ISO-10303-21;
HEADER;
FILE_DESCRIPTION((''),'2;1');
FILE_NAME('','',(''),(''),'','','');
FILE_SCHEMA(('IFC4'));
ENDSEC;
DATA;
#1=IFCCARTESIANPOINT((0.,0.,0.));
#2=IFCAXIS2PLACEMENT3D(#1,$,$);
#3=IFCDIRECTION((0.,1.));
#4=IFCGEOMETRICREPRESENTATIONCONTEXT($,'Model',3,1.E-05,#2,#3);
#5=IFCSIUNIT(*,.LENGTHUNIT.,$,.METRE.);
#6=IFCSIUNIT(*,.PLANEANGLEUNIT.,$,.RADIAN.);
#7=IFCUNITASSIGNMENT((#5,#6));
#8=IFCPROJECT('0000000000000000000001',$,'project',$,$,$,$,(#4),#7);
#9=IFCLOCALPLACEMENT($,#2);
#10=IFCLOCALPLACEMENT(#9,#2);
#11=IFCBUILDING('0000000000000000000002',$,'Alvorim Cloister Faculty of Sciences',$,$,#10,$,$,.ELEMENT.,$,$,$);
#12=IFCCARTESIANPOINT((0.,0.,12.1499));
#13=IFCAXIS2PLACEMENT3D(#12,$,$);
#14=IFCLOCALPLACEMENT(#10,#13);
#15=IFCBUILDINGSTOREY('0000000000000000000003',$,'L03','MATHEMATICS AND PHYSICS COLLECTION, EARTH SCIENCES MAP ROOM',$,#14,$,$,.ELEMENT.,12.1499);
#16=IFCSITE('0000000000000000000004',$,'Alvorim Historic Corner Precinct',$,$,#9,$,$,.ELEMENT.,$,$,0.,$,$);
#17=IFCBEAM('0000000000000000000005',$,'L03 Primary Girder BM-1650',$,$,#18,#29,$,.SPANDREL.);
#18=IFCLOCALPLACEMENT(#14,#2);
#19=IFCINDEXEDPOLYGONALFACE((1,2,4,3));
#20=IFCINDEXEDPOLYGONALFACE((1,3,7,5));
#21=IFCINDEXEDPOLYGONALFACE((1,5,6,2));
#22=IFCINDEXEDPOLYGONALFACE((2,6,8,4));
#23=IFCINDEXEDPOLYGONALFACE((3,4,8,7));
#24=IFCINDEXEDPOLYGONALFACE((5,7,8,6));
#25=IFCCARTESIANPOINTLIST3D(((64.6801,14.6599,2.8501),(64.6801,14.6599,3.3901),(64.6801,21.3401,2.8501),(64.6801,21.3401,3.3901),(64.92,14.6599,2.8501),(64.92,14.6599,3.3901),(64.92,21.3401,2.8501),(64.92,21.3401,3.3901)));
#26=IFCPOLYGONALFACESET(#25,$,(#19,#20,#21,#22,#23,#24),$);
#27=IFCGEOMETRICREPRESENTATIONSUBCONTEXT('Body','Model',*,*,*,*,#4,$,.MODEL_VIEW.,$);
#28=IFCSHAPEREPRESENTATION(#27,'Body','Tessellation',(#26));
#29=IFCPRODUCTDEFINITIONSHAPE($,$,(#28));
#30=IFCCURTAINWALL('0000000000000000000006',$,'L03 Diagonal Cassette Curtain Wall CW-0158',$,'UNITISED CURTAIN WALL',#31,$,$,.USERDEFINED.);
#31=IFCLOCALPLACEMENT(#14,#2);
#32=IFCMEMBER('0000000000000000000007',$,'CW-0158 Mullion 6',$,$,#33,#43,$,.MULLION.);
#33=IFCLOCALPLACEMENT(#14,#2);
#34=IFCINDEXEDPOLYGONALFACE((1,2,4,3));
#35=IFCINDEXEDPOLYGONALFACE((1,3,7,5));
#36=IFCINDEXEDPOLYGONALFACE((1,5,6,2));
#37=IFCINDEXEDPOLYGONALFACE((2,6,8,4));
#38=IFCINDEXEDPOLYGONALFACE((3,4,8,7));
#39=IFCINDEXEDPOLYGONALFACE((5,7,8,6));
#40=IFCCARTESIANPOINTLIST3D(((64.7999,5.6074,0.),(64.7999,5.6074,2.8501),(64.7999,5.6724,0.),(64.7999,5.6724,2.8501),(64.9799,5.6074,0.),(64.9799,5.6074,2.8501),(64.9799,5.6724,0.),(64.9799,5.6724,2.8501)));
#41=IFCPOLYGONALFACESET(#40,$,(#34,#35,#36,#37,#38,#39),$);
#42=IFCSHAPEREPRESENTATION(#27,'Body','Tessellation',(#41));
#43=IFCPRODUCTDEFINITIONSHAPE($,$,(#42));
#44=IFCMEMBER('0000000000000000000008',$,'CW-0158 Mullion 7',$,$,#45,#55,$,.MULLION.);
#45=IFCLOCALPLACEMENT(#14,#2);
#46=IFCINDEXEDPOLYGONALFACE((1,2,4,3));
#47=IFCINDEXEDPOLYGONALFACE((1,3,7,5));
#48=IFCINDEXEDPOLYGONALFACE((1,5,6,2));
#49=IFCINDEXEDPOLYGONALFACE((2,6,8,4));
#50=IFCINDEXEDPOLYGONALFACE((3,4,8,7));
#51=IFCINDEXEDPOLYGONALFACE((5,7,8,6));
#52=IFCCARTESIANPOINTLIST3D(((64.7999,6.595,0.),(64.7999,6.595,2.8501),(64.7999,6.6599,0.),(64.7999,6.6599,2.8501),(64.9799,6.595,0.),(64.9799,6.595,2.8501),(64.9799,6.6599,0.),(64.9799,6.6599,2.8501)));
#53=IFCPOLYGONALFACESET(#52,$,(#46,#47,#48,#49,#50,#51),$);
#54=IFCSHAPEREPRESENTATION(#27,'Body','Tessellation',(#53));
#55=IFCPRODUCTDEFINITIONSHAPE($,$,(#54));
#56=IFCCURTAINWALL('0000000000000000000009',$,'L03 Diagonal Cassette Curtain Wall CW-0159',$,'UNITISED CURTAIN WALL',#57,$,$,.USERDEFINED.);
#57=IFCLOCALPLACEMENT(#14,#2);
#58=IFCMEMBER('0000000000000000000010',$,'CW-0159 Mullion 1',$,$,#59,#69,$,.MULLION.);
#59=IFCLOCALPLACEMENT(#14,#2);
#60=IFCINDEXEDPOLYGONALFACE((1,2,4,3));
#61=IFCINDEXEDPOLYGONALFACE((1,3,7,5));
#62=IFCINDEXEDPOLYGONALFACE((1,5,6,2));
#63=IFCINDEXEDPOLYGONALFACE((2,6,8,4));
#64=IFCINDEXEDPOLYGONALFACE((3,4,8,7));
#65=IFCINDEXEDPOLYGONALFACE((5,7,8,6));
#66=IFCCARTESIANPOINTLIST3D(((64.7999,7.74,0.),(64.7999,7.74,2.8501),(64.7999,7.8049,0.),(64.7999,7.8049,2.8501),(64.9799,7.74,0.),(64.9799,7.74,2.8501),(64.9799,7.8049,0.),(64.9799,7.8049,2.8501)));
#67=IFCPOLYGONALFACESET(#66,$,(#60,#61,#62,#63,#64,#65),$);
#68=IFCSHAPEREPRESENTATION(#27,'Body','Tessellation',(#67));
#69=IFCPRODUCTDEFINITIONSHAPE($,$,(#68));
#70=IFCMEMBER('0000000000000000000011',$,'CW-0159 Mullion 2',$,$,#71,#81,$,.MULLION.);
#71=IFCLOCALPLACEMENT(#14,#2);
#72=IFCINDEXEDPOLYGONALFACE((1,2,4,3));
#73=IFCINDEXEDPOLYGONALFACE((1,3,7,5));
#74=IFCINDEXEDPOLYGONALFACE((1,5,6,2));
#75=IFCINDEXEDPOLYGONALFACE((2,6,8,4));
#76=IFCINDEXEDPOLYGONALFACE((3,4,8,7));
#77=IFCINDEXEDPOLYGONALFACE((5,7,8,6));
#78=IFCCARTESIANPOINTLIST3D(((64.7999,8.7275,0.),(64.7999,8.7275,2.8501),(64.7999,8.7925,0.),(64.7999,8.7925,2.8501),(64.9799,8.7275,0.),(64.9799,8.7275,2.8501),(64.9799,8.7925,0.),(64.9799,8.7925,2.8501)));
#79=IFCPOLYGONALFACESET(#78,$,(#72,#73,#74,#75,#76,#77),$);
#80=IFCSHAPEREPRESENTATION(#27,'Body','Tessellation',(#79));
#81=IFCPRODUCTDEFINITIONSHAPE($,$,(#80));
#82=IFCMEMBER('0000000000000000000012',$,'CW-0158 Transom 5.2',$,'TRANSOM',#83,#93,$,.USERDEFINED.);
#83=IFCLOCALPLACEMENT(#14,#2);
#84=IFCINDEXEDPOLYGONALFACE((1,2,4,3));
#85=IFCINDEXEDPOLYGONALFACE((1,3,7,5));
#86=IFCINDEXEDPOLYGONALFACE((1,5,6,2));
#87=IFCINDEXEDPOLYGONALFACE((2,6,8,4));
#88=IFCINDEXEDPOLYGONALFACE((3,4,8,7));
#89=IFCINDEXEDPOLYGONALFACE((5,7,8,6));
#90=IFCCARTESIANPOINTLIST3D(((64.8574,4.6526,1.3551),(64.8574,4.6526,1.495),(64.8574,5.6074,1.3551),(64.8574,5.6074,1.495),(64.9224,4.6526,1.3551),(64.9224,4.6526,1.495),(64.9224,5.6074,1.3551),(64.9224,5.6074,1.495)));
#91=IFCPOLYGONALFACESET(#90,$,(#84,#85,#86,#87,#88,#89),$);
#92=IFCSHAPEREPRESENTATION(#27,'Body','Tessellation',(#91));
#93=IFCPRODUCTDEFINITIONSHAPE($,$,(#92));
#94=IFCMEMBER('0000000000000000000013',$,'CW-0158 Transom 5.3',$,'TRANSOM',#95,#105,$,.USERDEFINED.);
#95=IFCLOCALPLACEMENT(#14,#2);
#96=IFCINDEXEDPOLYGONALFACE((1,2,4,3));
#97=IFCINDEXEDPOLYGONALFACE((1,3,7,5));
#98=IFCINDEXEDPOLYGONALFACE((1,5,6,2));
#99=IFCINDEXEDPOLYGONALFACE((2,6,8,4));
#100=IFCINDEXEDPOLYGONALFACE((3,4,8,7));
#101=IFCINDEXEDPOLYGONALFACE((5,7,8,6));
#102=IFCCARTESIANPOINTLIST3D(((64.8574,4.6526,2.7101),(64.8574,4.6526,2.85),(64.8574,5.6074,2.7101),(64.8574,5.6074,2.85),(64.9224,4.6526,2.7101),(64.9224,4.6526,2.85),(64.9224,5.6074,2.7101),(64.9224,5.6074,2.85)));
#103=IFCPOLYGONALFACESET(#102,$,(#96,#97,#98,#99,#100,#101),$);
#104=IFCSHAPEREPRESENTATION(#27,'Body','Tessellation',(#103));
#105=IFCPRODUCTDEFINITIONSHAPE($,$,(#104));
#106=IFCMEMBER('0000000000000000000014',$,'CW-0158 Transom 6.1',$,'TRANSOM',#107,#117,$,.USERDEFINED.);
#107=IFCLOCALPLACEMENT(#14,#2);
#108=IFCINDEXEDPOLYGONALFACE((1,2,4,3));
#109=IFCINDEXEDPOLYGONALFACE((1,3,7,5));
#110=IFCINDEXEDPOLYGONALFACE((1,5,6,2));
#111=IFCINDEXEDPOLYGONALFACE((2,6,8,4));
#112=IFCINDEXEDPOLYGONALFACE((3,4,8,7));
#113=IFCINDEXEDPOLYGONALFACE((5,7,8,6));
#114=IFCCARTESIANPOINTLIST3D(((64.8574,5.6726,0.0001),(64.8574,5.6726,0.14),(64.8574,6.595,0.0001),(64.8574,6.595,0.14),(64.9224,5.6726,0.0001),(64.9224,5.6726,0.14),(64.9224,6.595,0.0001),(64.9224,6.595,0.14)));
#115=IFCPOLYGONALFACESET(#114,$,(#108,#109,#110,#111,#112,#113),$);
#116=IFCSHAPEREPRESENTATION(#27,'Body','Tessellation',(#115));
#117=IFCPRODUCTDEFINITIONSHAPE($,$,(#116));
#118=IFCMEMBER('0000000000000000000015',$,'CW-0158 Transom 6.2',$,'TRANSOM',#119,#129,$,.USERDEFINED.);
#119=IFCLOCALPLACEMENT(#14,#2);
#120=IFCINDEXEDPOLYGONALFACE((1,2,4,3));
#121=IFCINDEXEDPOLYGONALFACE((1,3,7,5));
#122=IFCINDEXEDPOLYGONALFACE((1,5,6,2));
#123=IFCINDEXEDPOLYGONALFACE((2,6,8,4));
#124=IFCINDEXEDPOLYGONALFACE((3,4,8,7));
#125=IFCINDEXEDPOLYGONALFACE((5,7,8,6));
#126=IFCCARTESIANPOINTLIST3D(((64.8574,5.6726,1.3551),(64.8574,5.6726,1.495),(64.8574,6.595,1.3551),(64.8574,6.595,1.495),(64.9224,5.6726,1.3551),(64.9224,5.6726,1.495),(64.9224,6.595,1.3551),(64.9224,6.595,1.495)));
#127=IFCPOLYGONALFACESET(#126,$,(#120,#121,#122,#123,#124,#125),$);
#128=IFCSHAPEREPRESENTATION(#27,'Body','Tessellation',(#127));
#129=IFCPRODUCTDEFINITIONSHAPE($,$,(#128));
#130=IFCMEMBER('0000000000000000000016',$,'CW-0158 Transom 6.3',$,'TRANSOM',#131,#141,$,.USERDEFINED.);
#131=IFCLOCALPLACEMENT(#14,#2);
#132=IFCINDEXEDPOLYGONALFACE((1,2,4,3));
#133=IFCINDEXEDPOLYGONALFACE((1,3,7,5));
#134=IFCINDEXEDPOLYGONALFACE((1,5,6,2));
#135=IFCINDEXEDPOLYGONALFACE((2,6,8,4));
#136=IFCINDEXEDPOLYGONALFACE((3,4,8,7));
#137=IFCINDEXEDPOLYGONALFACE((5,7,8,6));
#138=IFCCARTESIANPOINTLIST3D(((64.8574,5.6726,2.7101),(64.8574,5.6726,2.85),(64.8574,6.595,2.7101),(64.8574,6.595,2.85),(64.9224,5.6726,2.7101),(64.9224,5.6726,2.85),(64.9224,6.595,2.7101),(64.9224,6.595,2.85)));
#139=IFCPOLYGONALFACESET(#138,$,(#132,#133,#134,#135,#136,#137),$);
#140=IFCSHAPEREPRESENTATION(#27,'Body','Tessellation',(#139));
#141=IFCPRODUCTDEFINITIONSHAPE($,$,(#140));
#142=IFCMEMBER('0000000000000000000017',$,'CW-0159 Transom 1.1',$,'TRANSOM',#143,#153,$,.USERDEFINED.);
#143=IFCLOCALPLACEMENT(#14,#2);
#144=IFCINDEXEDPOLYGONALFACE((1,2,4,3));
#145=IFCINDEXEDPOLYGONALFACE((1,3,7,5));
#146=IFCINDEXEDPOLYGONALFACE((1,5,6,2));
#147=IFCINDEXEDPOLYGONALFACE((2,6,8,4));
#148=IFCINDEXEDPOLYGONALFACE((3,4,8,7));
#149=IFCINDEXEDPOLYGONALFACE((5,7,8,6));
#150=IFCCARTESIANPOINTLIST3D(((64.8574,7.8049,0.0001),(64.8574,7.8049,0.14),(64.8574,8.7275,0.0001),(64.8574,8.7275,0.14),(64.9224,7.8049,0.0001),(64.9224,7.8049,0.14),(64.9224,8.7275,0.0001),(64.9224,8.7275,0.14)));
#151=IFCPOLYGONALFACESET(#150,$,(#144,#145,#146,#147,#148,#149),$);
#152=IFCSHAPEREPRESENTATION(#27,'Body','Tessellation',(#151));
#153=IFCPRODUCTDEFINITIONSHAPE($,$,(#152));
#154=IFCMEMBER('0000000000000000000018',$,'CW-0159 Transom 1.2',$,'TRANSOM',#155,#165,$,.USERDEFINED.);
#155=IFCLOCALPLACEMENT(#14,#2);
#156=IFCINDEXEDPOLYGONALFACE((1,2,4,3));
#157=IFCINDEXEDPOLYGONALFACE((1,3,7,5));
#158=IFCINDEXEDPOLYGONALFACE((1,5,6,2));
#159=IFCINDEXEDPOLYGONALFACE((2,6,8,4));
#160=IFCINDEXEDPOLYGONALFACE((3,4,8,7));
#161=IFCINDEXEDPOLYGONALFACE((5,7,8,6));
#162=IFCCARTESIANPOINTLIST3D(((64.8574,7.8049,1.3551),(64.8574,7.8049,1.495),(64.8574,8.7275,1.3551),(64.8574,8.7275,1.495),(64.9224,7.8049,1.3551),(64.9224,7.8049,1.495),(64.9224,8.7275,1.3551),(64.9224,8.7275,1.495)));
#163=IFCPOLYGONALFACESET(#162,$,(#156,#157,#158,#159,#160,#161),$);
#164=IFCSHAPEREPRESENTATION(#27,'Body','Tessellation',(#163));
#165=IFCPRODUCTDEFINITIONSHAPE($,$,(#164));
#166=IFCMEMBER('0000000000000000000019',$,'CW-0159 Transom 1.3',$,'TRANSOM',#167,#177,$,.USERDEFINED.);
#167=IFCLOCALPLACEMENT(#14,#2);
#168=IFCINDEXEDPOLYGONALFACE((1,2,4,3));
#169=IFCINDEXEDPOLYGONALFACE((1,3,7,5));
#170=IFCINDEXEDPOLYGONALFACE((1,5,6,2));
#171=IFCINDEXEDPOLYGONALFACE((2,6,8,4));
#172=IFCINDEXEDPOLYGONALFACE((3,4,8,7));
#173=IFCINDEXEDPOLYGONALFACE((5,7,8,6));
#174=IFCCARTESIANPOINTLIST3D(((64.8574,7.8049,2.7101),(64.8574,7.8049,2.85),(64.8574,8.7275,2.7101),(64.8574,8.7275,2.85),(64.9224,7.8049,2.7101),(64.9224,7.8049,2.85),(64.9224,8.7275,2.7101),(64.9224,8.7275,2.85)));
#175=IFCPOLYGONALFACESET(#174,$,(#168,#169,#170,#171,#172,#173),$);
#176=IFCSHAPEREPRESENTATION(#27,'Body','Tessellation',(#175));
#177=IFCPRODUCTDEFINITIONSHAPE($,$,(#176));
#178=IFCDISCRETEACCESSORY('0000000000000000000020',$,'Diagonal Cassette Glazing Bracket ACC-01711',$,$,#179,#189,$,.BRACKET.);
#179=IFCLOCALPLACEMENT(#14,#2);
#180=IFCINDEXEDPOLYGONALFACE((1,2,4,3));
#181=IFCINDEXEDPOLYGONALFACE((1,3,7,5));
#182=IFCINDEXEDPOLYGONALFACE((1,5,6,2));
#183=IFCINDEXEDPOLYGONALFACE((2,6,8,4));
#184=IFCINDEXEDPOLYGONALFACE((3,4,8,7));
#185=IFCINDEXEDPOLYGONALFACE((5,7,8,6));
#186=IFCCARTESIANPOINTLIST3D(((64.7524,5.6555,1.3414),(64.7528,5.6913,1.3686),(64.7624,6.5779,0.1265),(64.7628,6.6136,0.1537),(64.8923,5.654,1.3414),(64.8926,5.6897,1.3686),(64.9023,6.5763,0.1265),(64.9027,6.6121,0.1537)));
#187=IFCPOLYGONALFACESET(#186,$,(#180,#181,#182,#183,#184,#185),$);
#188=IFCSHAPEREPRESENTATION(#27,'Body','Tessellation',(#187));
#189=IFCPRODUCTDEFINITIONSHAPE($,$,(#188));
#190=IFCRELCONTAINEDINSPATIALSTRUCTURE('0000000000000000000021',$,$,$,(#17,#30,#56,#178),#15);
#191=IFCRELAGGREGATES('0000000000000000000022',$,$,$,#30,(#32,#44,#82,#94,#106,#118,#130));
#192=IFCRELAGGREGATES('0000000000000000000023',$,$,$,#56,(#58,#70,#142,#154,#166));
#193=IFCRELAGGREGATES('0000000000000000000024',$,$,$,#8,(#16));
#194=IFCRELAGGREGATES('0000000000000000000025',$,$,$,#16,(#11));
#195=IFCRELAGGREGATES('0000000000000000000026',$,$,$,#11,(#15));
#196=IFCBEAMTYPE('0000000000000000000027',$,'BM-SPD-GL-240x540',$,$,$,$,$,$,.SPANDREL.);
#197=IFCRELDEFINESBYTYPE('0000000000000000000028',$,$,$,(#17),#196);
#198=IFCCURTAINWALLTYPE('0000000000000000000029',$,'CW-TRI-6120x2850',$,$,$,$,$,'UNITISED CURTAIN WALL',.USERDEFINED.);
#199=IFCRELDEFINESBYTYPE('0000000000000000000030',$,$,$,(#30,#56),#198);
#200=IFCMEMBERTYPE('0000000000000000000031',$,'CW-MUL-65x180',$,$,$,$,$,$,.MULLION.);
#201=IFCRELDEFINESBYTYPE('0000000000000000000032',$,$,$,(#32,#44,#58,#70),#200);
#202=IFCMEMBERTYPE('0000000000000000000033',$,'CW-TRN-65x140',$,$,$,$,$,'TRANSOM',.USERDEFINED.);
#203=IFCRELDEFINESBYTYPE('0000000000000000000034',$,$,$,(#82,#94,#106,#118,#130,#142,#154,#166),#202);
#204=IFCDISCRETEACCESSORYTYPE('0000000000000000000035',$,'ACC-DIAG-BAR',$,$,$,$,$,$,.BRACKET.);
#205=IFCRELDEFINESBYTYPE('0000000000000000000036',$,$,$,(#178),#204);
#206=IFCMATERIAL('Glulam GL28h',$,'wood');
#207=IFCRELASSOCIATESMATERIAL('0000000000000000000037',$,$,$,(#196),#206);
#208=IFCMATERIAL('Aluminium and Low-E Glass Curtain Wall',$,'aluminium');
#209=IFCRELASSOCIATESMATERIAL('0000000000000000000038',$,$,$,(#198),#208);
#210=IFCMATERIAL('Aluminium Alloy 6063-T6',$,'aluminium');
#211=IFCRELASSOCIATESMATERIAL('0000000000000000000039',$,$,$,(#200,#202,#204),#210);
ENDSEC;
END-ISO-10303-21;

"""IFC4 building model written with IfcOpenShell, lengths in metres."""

from ifc_helpers import new_model, si_unit, direction, frame, origin, origin_2d, place, context, subcontext, project, spatial, rectangle, extrude, material, material_profile, profile_set, type_object, element, aggregate, save


model = new_model("IFC4")

# Units and contexts
model_context = context("Model", 3, precision=1e-05, world=origin(), true_north=direction((0.0, 1.0)))
body_context = subcontext(model_context, "Body", "Model", "MODEL_VIEW")
ifc_project = project(units=[si_unit("LENGTHUNIT", "METRE"), si_unit("PLANEANGLEUNIT", "RADIAN")], contexts=[model_context])

# Site, building, storey
site_placement = place(None, origin())
site = spatial("IfcSite", under=ifc_project, at=site_placement, Name="Alvorim Historic Corner Precinct", CompositionType="ELEMENT", RefElevation=0.0)
building_placement = place(site_placement, origin())
building = spatial("IfcBuilding", under=site, at=building_placement, Name="Alvorim Cloister Faculty of Sciences", CompositionType="ELEMENT")
storey_placement = place(building_placement, frame((0.0, 0.0, 12.1499)))
storey = spatial("IfcBuildingStorey", under=building, at=storey_placement, Name="L03", Description="MATHEMATICS AND PHYSICS COLLECTION, EARTH SCIENCES MAP ROOM", CompositionType="ELEMENT", Elevation=12.1499)

# Beam
ifc_material_1 = material(Name="Glulam GL28h", Category="wood")
ifc_material_profile_1 = material_profile(ifc_material_1, rectangle(XDim=0.24, YDim=0.54, at=origin_2d()), Name="GL28-SPD-240x540")
ifc_profile_set_1 = profile_set([ifc_material_profile_1], Name="Glulam GL28h")
beam_type = type_object("IfcBeamType", Name="BM-SPD-GL-240x540", PredefinedType="SPANDREL", material=ifc_profile_set_1)
beam_placement = place(storey_placement, frame((64.8, 14.6599, 3.1201), z_axis=(0.0, 1.0, 0.0), x_axis=(-1.0, 0.0, 0.0)))
element("IfcBeam", 1, at=beam_placement, inside=storey, type_object=beam_type, Name="L03 Primary Girder BM-1650", PredefinedType="SPANDREL", context=body_context, shape_type="SweptSolid", body=[
    extrude(rectangle(XDim=0.24, YDim=0.54, at=origin_2d()), origin(), (0.0, 0.0, 1.0), 6.6802),
])

# Curtain walls, members
ifc_material_2 = material(Name="Aluminium and Low-E Glass Curtain Wall", Category="aluminium")
curtain_wall_type = type_object("IfcCurtainWallType", Name="CW-TRI-6120x2850", ElementType="UNITISED CURTAIN WALL", PredefinedType="USERDEFINED", material=ifc_material_2)
curtain_wall_1_placement = place(storey_placement, origin())
curtain_wall_1 = element("IfcCurtainWall", 2, at=curtain_wall_1_placement, inside=storey, type_object=curtain_wall_type, Name="L03 Diagonal Cassette Curtain Wall CW-0158", ObjectType="UNITISED CURTAIN WALL", PredefinedType="USERDEFINED")
ifc_material_3 = material(Name="Aluminium Alloy 6063-T6", Category="aluminium")
ifc_material_profile_2 = material_profile(ifc_material_3, rectangle(XDim=0.0649, YDim=0.1799, at=origin_2d()), Name="ALU-MUL-65x180")
ifc_profile_set_2 = profile_set([ifc_material_profile_2], Name="Aluminium Alloy 6063-T6")
member_type_1 = type_object("IfcMemberType", Name="CW-MUL-65x180", PredefinedType="MULLION", material=ifc_profile_set_2)
member_1_placement = place(storey_placement, frame((64.8899, 5.6399, 0.0), z_axis=(0.0, 0.0, 1.0), x_axis=(0.0, 1.0, 0.0)))
member_1 = element("IfcMember", 3, at=member_1_placement, type_object=member_type_1, Name="CW-0158 Mullion 6", PredefinedType="MULLION", context=body_context, shape_type="SweptSolid", body=[
    extrude(rectangle(XDim=0.0649, YDim=0.1799, at=origin_2d()), origin(), (0.0, 0.0, 1.0), 2.8501),
])
member_2_placement = place(storey_placement, frame((64.8899, 6.6274, 0.0), z_axis=(0.0, 0.0, 1.0), x_axis=(0.0, 1.0, 0.0)))
member_2 = element("IfcMember", 4, at=member_2_placement, type_object=member_type_1, Name="CW-0158 Mullion 7", PredefinedType="MULLION", context=body_context, shape_type="SweptSolid", body=[
    extrude(rectangle(XDim=0.0649, YDim=0.1799, at=origin_2d()), origin(), (0.0, 0.0, 1.0), 2.8501),
])
curtain_wall_2_placement = place(storey_placement, origin())
curtain_wall_2 = element("IfcCurtainWall", 5, at=curtain_wall_2_placement, inside=storey, type_object=curtain_wall_type, Name="L03 Diagonal Cassette Curtain Wall CW-0159", ObjectType="UNITISED CURTAIN WALL", PredefinedType="USERDEFINED")
member_3_placement = place(storey_placement, frame((64.8899, 7.7725, 0.0), z_axis=(0.0, 0.0, 1.0), x_axis=(0.0, 1.0, 0.0)))
member_3 = element("IfcMember", 6, at=member_3_placement, type_object=member_type_1, Name="CW-0159 Mullion 1", PredefinedType="MULLION", context=body_context, shape_type="SweptSolid", body=[
    extrude(rectangle(XDim=0.0649, YDim=0.1799, at=origin_2d()), origin(), (0.0, 0.0, 1.0), 2.8501),
])
member_4_placement = place(storey_placement, frame((64.8899, 8.76, 0.0), z_axis=(0.0, 0.0, 1.0), x_axis=(0.0, 1.0, 0.0)))
member_4 = element("IfcMember", 7, at=member_4_placement, type_object=member_type_1, Name="CW-0159 Mullion 2", PredefinedType="MULLION", context=body_context, shape_type="SweptSolid", body=[
    extrude(rectangle(XDim=0.0649, YDim=0.1799, at=origin_2d()), origin(), (0.0, 0.0, 1.0), 2.8501),
])

# Members
ifc_material_profile_3 = material_profile(ifc_material_3, rectangle(XDim=0.0649, YDim=0.1399, at=origin_2d()), Name="ALU-TRN-65x140")
ifc_profile_set_3 = profile_set([ifc_material_profile_3], Name="Aluminium Alloy 6063-T6")
member_type_2 = type_object("IfcMemberType", Name="CW-TRN-65x140", ElementType="TRANSOM", PredefinedType="USERDEFINED", material=ifc_profile_set_3)
member_5_placement = place(storey_placement, frame((64.8899, 4.6526, 1.425), z_axis=(0.0, 1.0, 0.0), x_axis=(-1.0, 0.0, 0.0)))
member_5 = element("IfcMember", 8, at=member_5_placement, type_object=member_type_2, Name="CW-0158 Transom 5.2", ObjectType="TRANSOM", PredefinedType="USERDEFINED", context=body_context, shape_type="SweptSolid", body=[
    extrude(rectangle(XDim=0.0649, YDim=0.1399, at=origin_2d()), origin(), (0.0, 0.0, 1.0), 0.9548),
])
member_6_placement = place(storey_placement, frame((64.8899, 4.6526, 2.78), z_axis=(0.0, 1.0, 0.0), x_axis=(-1.0, 0.0, 0.0)))
member_6 = element("IfcMember", 9, at=member_6_placement, type_object=member_type_2, Name="CW-0158 Transom 5.3", ObjectType="TRANSOM", PredefinedType="USERDEFINED", context=body_context, shape_type="SweptSolid", body=[
    extrude(rectangle(XDim=0.0649, YDim=0.1399, at=origin_2d()), origin(), (0.0, 0.0, 1.0), 0.9548),
])
member_7_placement = place(storey_placement, frame((64.8899, 5.6726, 0.0701), z_axis=(0.0, 1.0, 0.0), x_axis=(-1.0, 0.0, 0.0)))
member_7 = element("IfcMember", 10, at=member_7_placement, type_object=member_type_2, Name="CW-0158 Transom 6.1", ObjectType="TRANSOM", PredefinedType="USERDEFINED", context=body_context, shape_type="SweptSolid", body=[
    extrude(rectangle(XDim=0.0649, YDim=0.1399, at=origin_2d()), origin(), (0.0, 0.0, 1.0), 0.9224),
])
member_8_placement = place(storey_placement, frame((64.8899, 5.6726, 1.425), z_axis=(0.0, 1.0, 0.0), x_axis=(-1.0, 0.0, 0.0)))
member_8 = element("IfcMember", 11, at=member_8_placement, type_object=member_type_2, Name="CW-0158 Transom 6.2", ObjectType="TRANSOM", PredefinedType="USERDEFINED", context=body_context, shape_type="SweptSolid", body=[
    extrude(rectangle(XDim=0.0649, YDim=0.1399, at=origin_2d()), origin(), (0.0, 0.0, 1.0), 0.9224),
])
member_9_placement = place(storey_placement, frame((64.8899, 5.6726, 2.78), z_axis=(0.0, 1.0, 0.0), x_axis=(-1.0, 0.0, 0.0)))
member_9 = element("IfcMember", 12, at=member_9_placement, type_object=member_type_2, Name="CW-0158 Transom 6.3", ObjectType="TRANSOM", PredefinedType="USERDEFINED", context=body_context, shape_type="SweptSolid", body=[
    extrude(rectangle(XDim=0.0649, YDim=0.1399, at=origin_2d()), origin(), (0.0, 0.0, 1.0), 0.9224),
])
aggregate(curtain_wall_1, [member_1, member_2, member_5, member_6, member_7, member_8, member_9])
member_10_placement = place(storey_placement, frame((64.8899, 7.8049, 0.0701), z_axis=(0.0, 1.0, 0.0), x_axis=(-1.0, 0.0, 0.0)))
member_10 = element("IfcMember", 13, at=member_10_placement, type_object=member_type_2, Name="CW-0159 Transom 1.1", ObjectType="TRANSOM", PredefinedType="USERDEFINED", context=body_context, shape_type="SweptSolid", body=[
    extrude(rectangle(XDim=0.0649, YDim=0.1399, at=origin_2d()), origin(), (0.0, 0.0, 1.0), 0.9226),
])
member_11_placement = place(storey_placement, frame((64.8899, 7.8049, 1.425), z_axis=(0.0, 1.0, 0.0), x_axis=(-1.0, 0.0, 0.0)))
member_11 = element("IfcMember", 14, at=member_11_placement, type_object=member_type_2, Name="CW-0159 Transom 1.2", ObjectType="TRANSOM", PredefinedType="USERDEFINED", context=body_context, shape_type="SweptSolid", body=[
    extrude(rectangle(XDim=0.0649, YDim=0.1399, at=origin_2d()), origin(), (0.0, 0.0, 1.0), 0.9226),
])
member_12_placement = place(storey_placement, frame((64.8899, 7.8049, 2.78), z_axis=(0.0, 1.0, 0.0), x_axis=(-1.0, 0.0, 0.0)))
member_12 = element("IfcMember", 15, at=member_12_placement, type_object=member_type_2, Name="CW-0159 Transom 1.3", ObjectType="TRANSOM", PredefinedType="USERDEFINED", context=body_context, shape_type="SweptSolid", body=[
    extrude(rectangle(XDim=0.0649, YDim=0.1399, at=origin_2d()), origin(), (0.0, 0.0, 1.0), 0.9226),
])
aggregate(curtain_wall_2, [member_3, member_4, member_10, member_11, member_12])

# Discrete accessory
discrete_accessory_type = type_object("IfcDiscreteAccessoryType", Name="ACC-DIAG-BAR", PredefinedType="BRACKET", material=ifc_material_3)
discrete_accessory_1_placement = place(storey_placement, frame((64.8225, 5.6726, 1.355), z_axis=(0.006562, 0.604689, -0.796435), x_axis=(-0.999941, 0.010852, 0.0)))
element("IfcDiscreteAccessory", 16, at=discrete_accessory_1_placement, inside=storey, type_object=discrete_accessory_type, Name="Diagonal Cassette Glazing Bracket ACC-01711", PredefinedType="BRACKET", context=body_context, shape_type="SweptSolid", body=[
    extrude(rectangle(XDim=0.1399, YDim=0.0449, at=origin_2d()), origin(), (0.0, 0.0, 1.0), 1.5254),
])

save(model, "model.ifc")
